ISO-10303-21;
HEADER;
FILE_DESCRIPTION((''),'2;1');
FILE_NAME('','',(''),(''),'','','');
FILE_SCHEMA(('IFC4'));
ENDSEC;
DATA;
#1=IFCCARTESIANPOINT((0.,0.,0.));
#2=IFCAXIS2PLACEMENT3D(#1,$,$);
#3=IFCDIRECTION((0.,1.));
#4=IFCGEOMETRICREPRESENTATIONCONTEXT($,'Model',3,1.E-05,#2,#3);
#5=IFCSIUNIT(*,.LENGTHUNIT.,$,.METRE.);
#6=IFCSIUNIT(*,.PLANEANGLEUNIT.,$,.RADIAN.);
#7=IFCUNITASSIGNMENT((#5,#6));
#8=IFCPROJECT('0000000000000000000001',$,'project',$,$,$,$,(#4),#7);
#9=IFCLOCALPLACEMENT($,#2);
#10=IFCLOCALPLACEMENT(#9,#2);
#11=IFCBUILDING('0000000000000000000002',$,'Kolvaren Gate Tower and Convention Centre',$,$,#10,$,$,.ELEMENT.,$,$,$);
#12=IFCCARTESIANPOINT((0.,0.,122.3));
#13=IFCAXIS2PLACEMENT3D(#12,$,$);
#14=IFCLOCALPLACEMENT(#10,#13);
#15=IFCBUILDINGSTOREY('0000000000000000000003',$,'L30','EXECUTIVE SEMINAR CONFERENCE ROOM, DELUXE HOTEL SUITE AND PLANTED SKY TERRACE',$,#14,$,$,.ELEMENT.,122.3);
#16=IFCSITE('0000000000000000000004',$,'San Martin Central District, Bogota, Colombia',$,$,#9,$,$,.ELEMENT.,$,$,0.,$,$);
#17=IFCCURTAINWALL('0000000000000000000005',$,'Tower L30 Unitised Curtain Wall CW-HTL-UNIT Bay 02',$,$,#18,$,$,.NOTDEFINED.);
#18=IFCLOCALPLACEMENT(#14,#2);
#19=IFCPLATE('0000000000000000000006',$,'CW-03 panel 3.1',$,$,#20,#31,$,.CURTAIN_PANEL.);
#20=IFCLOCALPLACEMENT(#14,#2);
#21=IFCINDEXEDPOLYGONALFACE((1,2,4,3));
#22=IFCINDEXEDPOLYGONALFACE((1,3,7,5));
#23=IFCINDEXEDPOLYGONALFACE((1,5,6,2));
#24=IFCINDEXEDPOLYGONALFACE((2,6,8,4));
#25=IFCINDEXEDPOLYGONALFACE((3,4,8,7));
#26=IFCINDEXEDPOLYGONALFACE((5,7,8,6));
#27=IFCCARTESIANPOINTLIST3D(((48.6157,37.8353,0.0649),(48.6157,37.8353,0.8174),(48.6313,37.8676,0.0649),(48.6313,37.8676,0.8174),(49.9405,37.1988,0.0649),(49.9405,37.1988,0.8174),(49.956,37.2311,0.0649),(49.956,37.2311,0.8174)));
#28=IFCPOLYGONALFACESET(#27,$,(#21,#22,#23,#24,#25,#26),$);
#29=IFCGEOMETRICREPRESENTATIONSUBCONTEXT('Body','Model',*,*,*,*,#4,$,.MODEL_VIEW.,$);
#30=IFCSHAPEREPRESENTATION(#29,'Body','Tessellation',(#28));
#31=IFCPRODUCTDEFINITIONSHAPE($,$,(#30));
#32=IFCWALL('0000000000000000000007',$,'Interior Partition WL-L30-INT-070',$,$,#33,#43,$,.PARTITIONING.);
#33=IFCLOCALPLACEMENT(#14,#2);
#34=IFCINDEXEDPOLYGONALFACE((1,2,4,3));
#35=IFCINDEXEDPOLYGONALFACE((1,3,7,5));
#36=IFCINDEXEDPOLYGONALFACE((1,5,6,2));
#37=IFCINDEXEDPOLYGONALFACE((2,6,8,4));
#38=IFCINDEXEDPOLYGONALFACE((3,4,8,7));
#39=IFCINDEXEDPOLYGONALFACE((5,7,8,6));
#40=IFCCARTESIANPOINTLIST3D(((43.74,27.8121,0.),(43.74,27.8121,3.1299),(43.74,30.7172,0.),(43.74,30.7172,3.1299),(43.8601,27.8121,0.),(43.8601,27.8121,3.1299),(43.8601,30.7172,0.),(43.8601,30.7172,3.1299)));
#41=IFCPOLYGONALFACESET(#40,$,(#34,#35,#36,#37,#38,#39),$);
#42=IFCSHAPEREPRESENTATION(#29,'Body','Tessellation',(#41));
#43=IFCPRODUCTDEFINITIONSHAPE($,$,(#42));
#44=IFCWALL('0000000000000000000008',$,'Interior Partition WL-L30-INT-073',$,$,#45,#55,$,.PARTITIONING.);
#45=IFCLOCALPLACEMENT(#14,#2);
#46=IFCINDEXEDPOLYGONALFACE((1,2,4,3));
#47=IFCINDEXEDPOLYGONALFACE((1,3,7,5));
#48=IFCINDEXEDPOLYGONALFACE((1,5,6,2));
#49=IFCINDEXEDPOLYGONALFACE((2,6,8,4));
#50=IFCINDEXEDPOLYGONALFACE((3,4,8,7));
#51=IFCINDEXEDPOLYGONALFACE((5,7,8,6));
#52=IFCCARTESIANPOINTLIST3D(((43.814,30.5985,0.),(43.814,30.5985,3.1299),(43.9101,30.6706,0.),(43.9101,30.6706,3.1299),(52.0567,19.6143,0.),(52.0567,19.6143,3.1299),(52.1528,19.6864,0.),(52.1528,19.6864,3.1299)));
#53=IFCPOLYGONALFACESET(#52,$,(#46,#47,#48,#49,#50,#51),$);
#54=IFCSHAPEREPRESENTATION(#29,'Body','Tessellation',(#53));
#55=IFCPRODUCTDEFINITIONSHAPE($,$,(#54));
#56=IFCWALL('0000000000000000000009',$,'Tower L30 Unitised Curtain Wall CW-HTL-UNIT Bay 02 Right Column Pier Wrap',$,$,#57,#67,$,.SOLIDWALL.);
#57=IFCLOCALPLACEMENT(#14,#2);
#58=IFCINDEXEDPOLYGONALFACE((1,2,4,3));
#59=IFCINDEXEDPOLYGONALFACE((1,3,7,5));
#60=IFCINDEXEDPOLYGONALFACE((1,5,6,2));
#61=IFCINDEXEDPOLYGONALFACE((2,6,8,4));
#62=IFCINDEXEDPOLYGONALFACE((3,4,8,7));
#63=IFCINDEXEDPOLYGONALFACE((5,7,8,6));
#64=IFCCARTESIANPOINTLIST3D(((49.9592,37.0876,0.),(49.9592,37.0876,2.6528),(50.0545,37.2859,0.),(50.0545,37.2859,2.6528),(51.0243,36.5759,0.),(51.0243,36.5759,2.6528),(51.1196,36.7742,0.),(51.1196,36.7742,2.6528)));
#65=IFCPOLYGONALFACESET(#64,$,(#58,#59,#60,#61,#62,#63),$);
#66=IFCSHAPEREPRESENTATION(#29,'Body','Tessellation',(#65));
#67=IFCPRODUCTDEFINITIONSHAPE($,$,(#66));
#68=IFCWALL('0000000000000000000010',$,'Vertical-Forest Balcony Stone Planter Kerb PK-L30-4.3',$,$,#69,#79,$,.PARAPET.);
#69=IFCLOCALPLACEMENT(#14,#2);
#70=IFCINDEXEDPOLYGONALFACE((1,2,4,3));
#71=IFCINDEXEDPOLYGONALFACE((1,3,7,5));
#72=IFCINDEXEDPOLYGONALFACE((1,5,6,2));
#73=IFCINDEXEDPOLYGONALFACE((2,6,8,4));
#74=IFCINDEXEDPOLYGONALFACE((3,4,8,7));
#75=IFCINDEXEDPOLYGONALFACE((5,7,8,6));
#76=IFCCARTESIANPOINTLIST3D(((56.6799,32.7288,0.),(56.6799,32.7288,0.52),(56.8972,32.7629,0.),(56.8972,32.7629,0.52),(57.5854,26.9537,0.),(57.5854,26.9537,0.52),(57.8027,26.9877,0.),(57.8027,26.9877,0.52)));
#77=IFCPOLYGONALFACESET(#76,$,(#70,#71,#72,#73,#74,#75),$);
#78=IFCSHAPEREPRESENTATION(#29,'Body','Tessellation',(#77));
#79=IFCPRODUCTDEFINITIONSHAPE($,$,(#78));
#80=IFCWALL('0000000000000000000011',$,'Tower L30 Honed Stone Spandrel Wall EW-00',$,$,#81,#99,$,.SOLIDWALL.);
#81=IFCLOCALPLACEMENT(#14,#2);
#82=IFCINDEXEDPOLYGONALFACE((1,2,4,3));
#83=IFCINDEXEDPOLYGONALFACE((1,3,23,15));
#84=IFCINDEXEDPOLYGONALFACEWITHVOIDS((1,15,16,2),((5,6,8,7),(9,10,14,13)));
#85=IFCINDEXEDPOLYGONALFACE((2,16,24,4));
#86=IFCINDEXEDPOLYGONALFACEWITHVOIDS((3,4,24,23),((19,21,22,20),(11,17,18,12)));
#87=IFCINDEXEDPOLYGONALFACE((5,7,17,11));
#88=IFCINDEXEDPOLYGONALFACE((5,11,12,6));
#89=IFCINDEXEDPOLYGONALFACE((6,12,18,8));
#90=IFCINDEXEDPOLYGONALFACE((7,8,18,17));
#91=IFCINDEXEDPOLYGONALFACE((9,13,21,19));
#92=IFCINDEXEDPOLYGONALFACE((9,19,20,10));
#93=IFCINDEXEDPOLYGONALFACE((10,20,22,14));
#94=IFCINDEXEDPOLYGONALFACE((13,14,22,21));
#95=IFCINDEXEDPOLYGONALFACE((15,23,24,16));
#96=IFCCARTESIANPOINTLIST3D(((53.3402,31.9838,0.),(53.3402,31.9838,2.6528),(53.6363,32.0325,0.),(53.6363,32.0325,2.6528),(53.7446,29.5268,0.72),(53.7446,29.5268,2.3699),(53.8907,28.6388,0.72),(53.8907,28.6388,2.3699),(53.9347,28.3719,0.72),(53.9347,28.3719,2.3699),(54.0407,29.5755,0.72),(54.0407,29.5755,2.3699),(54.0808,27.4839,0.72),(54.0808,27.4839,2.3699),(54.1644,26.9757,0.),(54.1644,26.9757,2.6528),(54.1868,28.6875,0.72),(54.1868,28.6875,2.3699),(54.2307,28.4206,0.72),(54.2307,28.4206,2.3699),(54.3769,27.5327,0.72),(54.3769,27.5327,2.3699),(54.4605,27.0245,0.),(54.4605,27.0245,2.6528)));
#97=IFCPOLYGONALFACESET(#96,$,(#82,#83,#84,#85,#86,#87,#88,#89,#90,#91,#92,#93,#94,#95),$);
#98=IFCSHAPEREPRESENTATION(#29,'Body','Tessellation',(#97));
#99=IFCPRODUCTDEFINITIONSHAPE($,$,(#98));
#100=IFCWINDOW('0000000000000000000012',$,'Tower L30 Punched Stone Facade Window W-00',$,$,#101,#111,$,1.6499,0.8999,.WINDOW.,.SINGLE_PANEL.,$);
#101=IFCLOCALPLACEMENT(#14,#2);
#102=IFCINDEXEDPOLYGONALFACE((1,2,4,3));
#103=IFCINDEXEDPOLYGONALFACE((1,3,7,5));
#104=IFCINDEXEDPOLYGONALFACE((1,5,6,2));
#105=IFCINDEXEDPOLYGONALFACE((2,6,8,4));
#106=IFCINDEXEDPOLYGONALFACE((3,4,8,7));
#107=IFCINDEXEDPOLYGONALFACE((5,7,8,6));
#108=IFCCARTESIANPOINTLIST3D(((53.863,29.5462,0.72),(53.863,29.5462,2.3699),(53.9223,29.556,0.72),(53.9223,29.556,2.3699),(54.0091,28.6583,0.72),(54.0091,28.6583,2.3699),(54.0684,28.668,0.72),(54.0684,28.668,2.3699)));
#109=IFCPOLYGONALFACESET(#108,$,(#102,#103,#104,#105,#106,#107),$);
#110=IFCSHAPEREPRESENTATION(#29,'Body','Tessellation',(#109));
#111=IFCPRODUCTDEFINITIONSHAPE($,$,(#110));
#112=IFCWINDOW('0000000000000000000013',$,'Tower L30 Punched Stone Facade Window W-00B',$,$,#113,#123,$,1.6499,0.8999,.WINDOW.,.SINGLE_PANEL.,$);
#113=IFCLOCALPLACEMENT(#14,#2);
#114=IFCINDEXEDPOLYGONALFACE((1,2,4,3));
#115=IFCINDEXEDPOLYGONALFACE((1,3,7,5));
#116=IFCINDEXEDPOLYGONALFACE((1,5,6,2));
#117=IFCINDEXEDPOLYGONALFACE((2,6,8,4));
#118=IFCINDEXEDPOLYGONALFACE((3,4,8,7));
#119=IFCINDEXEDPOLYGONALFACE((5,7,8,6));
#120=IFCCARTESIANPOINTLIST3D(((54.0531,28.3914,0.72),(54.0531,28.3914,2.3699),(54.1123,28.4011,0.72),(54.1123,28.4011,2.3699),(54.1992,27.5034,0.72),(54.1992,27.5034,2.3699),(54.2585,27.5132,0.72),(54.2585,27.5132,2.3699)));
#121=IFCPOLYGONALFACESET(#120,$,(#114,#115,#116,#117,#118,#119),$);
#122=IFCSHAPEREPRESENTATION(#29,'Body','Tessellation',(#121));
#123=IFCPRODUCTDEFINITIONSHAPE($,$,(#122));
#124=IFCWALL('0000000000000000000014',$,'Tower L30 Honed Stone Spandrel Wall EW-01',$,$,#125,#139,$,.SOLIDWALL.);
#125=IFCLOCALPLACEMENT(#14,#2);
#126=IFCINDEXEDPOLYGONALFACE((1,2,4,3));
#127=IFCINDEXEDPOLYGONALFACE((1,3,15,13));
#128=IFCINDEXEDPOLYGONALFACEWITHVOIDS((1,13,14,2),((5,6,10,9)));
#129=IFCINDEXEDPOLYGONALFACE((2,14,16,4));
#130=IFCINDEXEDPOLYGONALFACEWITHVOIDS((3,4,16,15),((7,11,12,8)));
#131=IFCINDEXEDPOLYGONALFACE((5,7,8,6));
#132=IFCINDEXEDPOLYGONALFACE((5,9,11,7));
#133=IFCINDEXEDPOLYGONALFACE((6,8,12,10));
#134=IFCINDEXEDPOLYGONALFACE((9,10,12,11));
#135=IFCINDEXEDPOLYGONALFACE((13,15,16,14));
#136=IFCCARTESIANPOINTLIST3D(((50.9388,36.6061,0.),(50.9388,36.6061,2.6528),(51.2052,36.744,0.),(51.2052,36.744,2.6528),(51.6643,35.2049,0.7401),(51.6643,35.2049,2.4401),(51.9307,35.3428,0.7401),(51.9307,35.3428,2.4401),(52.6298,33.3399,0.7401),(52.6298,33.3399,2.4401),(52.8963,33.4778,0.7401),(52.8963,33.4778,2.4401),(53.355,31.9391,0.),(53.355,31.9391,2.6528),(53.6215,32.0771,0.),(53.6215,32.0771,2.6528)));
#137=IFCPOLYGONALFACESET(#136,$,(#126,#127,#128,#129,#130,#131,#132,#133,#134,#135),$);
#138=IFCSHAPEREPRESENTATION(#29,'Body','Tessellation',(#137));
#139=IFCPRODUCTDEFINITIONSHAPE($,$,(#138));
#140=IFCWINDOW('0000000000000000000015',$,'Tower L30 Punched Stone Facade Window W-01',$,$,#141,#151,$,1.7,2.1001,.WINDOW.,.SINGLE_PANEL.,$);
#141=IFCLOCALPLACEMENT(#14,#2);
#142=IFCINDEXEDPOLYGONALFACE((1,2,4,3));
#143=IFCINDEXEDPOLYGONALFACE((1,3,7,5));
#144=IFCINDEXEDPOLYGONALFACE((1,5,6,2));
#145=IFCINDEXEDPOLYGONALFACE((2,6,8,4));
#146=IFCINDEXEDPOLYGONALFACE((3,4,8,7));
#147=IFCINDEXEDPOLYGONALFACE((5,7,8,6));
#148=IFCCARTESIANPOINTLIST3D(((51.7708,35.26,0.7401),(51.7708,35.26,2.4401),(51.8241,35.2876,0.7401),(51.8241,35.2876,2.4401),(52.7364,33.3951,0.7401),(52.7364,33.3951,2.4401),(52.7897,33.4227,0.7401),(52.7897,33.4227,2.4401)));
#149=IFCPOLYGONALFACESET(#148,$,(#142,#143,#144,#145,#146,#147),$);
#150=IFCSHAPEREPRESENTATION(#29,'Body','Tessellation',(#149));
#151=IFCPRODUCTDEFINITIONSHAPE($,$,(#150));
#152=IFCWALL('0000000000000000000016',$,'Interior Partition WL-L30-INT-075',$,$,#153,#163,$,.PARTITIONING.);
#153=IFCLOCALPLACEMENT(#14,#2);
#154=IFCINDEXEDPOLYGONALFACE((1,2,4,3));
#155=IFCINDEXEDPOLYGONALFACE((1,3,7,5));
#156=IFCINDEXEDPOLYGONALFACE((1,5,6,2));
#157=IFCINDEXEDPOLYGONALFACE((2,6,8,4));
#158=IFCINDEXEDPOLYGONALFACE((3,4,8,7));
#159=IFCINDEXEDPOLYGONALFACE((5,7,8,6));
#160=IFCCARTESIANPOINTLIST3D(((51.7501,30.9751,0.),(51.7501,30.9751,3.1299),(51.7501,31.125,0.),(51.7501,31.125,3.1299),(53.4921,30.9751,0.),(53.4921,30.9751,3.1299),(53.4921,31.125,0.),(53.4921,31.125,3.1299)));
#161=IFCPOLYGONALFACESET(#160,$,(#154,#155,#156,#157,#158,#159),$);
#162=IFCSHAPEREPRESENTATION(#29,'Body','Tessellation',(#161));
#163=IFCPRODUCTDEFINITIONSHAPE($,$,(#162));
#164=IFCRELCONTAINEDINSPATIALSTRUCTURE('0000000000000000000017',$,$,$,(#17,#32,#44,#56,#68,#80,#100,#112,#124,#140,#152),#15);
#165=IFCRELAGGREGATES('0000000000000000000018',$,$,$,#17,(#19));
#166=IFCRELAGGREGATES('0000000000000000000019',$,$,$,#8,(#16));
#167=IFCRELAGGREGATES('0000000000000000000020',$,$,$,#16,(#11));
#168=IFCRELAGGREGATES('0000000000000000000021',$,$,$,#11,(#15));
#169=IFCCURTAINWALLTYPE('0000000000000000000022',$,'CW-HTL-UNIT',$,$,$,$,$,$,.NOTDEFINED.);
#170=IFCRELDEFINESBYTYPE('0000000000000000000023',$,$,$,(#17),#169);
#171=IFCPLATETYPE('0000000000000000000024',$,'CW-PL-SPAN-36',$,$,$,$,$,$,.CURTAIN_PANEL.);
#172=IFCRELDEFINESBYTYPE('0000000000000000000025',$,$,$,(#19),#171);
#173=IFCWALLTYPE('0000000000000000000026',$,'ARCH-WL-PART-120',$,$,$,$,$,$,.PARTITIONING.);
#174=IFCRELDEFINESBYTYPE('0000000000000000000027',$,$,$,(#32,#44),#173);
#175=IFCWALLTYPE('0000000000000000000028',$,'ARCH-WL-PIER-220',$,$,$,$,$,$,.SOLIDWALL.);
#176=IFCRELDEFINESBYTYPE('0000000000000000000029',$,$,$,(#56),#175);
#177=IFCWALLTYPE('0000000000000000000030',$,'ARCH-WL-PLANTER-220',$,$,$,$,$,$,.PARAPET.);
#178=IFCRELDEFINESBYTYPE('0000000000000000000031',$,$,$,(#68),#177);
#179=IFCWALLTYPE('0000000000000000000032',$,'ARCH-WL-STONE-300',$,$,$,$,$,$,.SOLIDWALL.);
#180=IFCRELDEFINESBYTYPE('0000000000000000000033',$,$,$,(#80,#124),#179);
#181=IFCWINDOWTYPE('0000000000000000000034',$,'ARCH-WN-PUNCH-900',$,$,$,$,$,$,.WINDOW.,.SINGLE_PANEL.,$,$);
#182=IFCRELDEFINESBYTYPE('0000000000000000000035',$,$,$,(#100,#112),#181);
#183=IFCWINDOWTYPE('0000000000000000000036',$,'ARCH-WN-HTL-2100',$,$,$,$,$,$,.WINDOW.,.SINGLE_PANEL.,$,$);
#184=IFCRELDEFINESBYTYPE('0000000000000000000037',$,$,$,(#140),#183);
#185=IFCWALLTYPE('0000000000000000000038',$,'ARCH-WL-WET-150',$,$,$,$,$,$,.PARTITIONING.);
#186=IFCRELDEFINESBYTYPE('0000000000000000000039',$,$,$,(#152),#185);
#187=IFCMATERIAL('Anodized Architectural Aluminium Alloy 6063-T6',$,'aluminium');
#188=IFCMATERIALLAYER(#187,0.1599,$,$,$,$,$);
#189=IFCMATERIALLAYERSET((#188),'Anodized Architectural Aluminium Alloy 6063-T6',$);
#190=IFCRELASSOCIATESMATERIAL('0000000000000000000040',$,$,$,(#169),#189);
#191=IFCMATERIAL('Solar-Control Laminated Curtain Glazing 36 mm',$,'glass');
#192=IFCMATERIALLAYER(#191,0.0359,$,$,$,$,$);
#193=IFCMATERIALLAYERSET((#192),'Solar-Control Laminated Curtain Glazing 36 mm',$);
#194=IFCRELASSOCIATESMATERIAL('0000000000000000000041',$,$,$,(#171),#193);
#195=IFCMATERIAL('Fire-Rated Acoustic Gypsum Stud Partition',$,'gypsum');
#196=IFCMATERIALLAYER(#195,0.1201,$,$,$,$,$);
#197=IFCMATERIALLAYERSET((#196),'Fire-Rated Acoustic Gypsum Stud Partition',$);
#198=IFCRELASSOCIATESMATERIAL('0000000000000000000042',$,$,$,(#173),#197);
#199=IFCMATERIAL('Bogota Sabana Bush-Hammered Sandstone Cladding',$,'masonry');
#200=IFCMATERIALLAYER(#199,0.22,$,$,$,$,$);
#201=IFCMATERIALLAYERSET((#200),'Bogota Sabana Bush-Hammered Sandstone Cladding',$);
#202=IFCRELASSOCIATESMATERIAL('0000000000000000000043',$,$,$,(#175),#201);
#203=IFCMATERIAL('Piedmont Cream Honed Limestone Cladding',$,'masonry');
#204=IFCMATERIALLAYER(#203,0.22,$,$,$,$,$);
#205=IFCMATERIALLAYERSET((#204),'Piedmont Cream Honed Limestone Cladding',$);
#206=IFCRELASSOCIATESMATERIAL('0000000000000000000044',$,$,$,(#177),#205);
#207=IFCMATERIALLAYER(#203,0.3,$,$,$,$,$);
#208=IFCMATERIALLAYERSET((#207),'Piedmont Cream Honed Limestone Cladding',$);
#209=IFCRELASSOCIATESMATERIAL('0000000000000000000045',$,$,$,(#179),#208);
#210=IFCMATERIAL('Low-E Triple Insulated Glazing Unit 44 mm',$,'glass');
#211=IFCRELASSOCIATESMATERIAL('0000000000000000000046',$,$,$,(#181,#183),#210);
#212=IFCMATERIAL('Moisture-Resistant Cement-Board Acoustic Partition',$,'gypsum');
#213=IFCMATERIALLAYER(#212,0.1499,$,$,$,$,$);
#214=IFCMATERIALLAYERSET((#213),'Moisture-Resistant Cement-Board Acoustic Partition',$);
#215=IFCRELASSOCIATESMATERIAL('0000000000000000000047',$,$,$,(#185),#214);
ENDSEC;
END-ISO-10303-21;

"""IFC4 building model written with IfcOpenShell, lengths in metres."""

from ifc_helpers import new_model, si_unit, direction, frame, frame_2d, origin, origin_2d, place, context, subcontext, project, spatial, rectangle, extrude, material, layer, layer_set, type_object, element, fill, aggregate, save


model = new_model("IFC4")

# Units and contexts
model_context = context("Model", 3, precision=1e-05, world=origin(), true_north=direction((0.0, 1.0)))
body_context = subcontext(model_context, "Body", "Model", "MODEL_VIEW")
ifc_project = project(units=[si_unit("LENGTHUNIT", "METRE"), si_unit("PLANEANGLEUNIT", "RADIAN")], contexts=[model_context])

# Site, building, storey
site_placement = place(None, origin())
site = spatial("IfcSite", under=ifc_project, at=site_placement, Name="San Martin Central District, Bogota, Colombia", CompositionType="ELEMENT", RefElevation=0.0)
building_placement = place(site_placement, origin())
building = spatial("IfcBuilding", under=site, at=building_placement, Name="Kolvaren Gate Tower and Convention Centre", CompositionType="ELEMENT")
storey_placement = place(building_placement, frame((0.0, 0.0, 122.3)))
storey = spatial("IfcBuildingStorey", under=building, at=storey_placement, Name="L30", Description="EXECUTIVE SEMINAR CONFERENCE ROOM, DELUXE HOTEL SUITE AND PLANTED SKY TERRACE", CompositionType="ELEMENT", Elevation=122.3)

# Curtain wall
ifc_material_1 = material(Name="Anodized Architectural Aluminium Alloy 6063-T6", Category="aluminium")
ifc_layer_1 = layer(ifc_material_1, 0.1599)
ifc_layer_set_1 = layer_set([ifc_layer_1], Name="Anodized Architectural Aluminium Alloy 6063-T6")
curtain_wall_type = type_object("IfcCurtainWallType", Name="CW-HTL-UNIT", PredefinedType="NOTDEFINED", material=ifc_layer_set_1)
curtain_wall_placement = place(storey_placement, origin())
curtain_wall = element("IfcCurtainWall", 1, at=curtain_wall_placement, inside=storey, type_object=curtain_wall_type, Name="Tower L30 Unitised Curtain Wall CW-HTL-UNIT Bay 02", PredefinedType="NOTDEFINED")

# Plate
ifc_material_2 = material(Name="Low-E Triple Insulated Glazing Unit 44 mm", Category="glass")
ifc_material_3 = material(Name="Solar-Control Laminated Curtain Glazing 36 mm", Category="glass")
ifc_layer_2 = layer(ifc_material_3, 0.0359)
ifc_layer_set_2 = layer_set([ifc_layer_2], Name="Solar-Control Laminated Curtain Glazing 36 mm")
plate_type_1 = type_object("IfcPlateType", Name="CW-PL-SPAN-36", PredefinedType="CURTAIN_PANEL", material=ifc_layer_set_2)
plate_1_placement = place(storey_placement, frame((49.2859, 37.5332, 0.0649), z_axis=(0.0, 0.0, 1.0), x_axis=(0.90136, -0.433071, 0.0)))
plate_1 = element("IfcPlate", 2, at=plate_1_placement, type_object=plate_type_1, Name="CW-03 panel 3.1", PredefinedType="CURTAIN_PANEL", context=body_context, shape_type="SweptSolid", body=[
    extrude(rectangle(XDim=1.4697, YDim=0.0359, at=origin_2d()), origin(), (0.0, 0.0, 1.0), 0.7524),
])
aggregate(curtain_wall, [plate_1])

# Walls
ifc_material_4 = material(Name="Fire-Rated Acoustic Gypsum Stud Partition", Category="gypsum")
ifc_layer_3 = layer(ifc_material_4, 0.1201)
ifc_layer_set_3 = layer_set([ifc_layer_3], Name="Fire-Rated Acoustic Gypsum Stud Partition")
wall_type_1 = type_object("IfcWallType", Name="ARCH-WL-PART-120", PredefinedType="PARTITIONING", material=ifc_layer_set_3)
wall_1_placement = place(storey_placement, frame((43.8, 27.812, 0.0), z_axis=(0.0, 0.0, 1.0), x_axis=(0.0, 1.0, 0.0)))
element("IfcWall", 3, at=wall_1_placement, inside=storey, type_object=wall_type_1, Name="Interior Partition WL-L30-INT-070", PredefinedType="PARTITIONING", context=body_context, shape_type="SweptSolid", body=[
    extrude(rectangle(XDim=2.905, YDim=0.1201, at=frame_2d((1.4526, 0.0))), origin(), (0.0, 0.0, 1.0), 3.1299),
])
wall_2_placement = place(storey_placement, frame((43.8621, 30.6345, 0.0), z_axis=(0.0, 0.0, 1.0), x_axis=(0.600213, -0.79984, 0.0)))
element("IfcWall", 4, at=wall_2_placement, inside=storey, type_object=wall_type_1, Name="Interior Partition WL-L30-INT-073", PredefinedType="PARTITIONING", context=body_context, shape_type="SweptSolid", body=[
    extrude(rectangle(XDim=13.7329, YDim=0.1201, at=frame_2d((6.8665, 0.0))), origin(), (0.0, 0.0, 1.0), 3.1299),
])
ifc_material_5 = material(Name="Bogota Sabana Bush-Hammered Sandstone Cladding", Category="masonry")
ifc_layer_4 = layer(ifc_material_5, 0.22)
ifc_layer_set_4 = layer_set([ifc_layer_4], Name="Bogota Sabana Bush-Hammered Sandstone Cladding")
wall_type_2 = type_object("IfcWallType", Name="ARCH-WL-PIER-220", PredefinedType="SOLIDWALL", material=ifc_layer_set_4)
wall_3_placement = place(storey_placement, frame((50.0068, 37.1868, 0.0), z_axis=(0.0, 0.0, 1.0), x_axis=(0.901381, -0.433027, 0.0)))
element("IfcWall", 5, at=wall_3_placement, inside=storey, type_object=wall_type_2, Name="Tower L30 Unitised Curtain Wall CW-HTL-UNIT Bay 02 Right Column Pier Wrap", PredefinedType="SOLIDWALL", context=body_context, shape_type="SweptSolid", body=[
    extrude(rectangle(XDim=1.1816, YDim=0.22, at=frame_2d((0.5908, 0.0))), origin(), (0.0, 0.0, 1.0), 2.6528),
])
ifc_material_6 = material(Name="Piedmont Cream Honed Limestone Cladding", Category="masonry")
ifc_layer_5 = layer(ifc_material_6, 0.22)
ifc_layer_set_5 = layer_set([ifc_layer_5], Name="Piedmont Cream Honed Limestone Cladding")
wall_type_3 = type_object("IfcWallType", Name="ARCH-WL-PLANTER-220", PredefinedType="PARAPET", material=ifc_layer_set_5)
wall_4_placement = place(storey_placement, frame((56.7886, 32.7458, 0.0), z_axis=(0.0, 0.0, 1.0), x_axis=(0.154903, -0.98793, 0.0)))
element("IfcWall", 6, at=wall_4_placement, inside=storey, type_object=wall_type_3, Name="Vertical-Forest Balcony Stone Planter Kerb PK-L30-4.3", PredefinedType="PARAPET", context=body_context, shape_type="SweptSolid", body=[
    extrude(rectangle(XDim=5.8457, YDim=0.22, at=frame_2d((2.9229, 0.0))), origin(), (0.0, 0.0, 1.0), 0.52),
])

# Wall, openings, windows
ifc_layer_6 = layer(ifc_material_6, 0.3)
ifc_layer_set_6 = layer_set([ifc_layer_6], Name="Piedmont Cream Honed Limestone Cladding")
wall_type_4 = type_object("IfcWallType", Name="ARCH-WL-STONE-300", PredefinedType="SOLIDWALL", material=ifc_layer_set_6)
wall_5_placement = place(storey_placement, frame((53.4883, 32.0081, 0.0), z_axis=(0.0, 0.0, 1.0), x_axis=(0.162394, -0.986726, 0.0)))
wall_5 = element("IfcWall", 7, at=wall_5_placement, inside=storey, type_object=wall_type_4, Name="Tower L30 Honed Stone Spandrel Wall EW-00", PredefinedType="SOLIDWALL", context=body_context, shape_type="SweptSolid", body=[
    extrude(rectangle(XDim=5.0754, YDim=0.3, at=frame_2d((2.5376, 0.0))), origin(), (0.0, 0.0, 1.0), 2.6528),
])
opening_1_placement = place(wall_5_placement, frame((2.49, 0.0, 0.72)))
opening_1 = element("IfcOpeningElement", 8, at=opening_1_placement, cuts=wall_5, PredefinedType="OPENING", context=body_context, shape_type="SweptSolid", body=[
    extrude(rectangle(XDim=0.8999, YDim=1.6499, at=frame_2d((0.45, 0.825))), frame((0.0, 0.1599, 0.0), z_axis=(0.0, -1.0, 0.0), x_axis=(1.0, 0.0, 0.0)), (0.0, 0.0, 1.0), 0.3201),
])
opening_2_placement = place(wall_5_placement, frame((3.6604, 0.0, 0.72)))
opening_2 = element("IfcOpeningElement", 9, at=opening_2_placement, cuts=wall_5, PredefinedType="OPENING", context=body_context, shape_type="SweptSolid", body=[
    extrude(rectangle(XDim=0.8999, YDim=1.6499, at=frame_2d((0.45, 0.825))), frame((0.0, 0.1599, 0.0), z_axis=(0.0, -1.0, 0.0), x_axis=(1.0, 0.0, 0.0)), (0.0, 0.0, 1.0), 0.3201),
])
window_type_1 = type_object("IfcWindowType", Name="ARCH-WN-PUNCH-900", PartitioningType="SINGLE_PANEL", PredefinedType="WINDOW", material=ifc_material_2)
window_1_placement = place(opening_1_placement, origin())
window_1 = element("IfcWindow", 10, at=window_1_placement, inside=storey, type_object=window_type_1, Name="Tower L30 Punched Stone Facade Window W-00", OverallHeight=1.6499, OverallWidth=0.8999, PartitioningType="SINGLE_PANEL", PredefinedType="WINDOW", context=body_context, shape_type="SweptSolid", body=[
    extrude(rectangle(XDim=0.8999, YDim=1.6499, at=frame_2d((0.45, 0.825))), frame((0.0, 0.03, 0.0), z_axis=(0.0, -1.0, 0.0), x_axis=(1.0, 0.0, 0.0)), (0.0, 0.0, 1.0), 0.0601),
])
fill(opening_1, window_1)
window_2_placement = place(opening_2_placement, origin())
window_2 = element("IfcWindow", 11, at=window_2_placement, inside=storey, type_object=window_type_1, Name="Tower L30 Punched Stone Facade Window W-00B", OverallHeight=1.6499, OverallWidth=0.8999, PartitioningType="SINGLE_PANEL", PredefinedType="WINDOW", context=body_context, shape_type="SweptSolid", body=[
    extrude(rectangle(XDim=0.8999, YDim=1.6499, at=frame_2d((0.45, 0.825))), frame((0.0, 0.03, 0.0), z_axis=(0.0, -1.0, 0.0), x_axis=(1.0, 0.0, 0.0)), (0.0, 0.0, 1.0), 0.0601),
])
fill(opening_2, window_2)

# Wall, opening, window
wall_6_placement = place(storey_placement, frame((51.072, 36.675, 0.0), z_axis=(0.0, 0.0, 1.0), x_axis=(0.459768, -0.888039, 0.0)))
wall_6 = element("IfcWall", 12, at=wall_6_placement, inside=storey, type_object=wall_type_4, Name="Tower L30 Honed Stone Spandrel Wall EW-01", PredefinedType="SOLIDWALL", context=body_context, shape_type="SweptSolid", body=[
    extrude(rectangle(XDim=5.2554, YDim=0.3, at=frame_2d((2.6277, 0.0))), origin(), (0.0, 0.0, 1.0), 2.6528),
])
opening_3_placement = place(wall_6_placement, frame((1.5779, 0.0, 0.74)))
opening_3 = element("IfcOpeningElement", 13, at=opening_3_placement, cuts=wall_6, PredefinedType="OPENING", context=body_context, shape_type="SweptSolid", body=[
    extrude(rectangle(XDim=2.1001, YDim=1.7, at=frame_2d((1.05, 0.8501))), frame((0.0, 0.1599, 0.0), z_axis=(0.0, -1.0, 0.0), x_axis=(1.0, 0.0, 0.0)), (0.0, 0.0, 1.0), 0.3201),
])
window_type_2 = type_object("IfcWindowType", Name="ARCH-WN-HTL-2100", PartitioningType="SINGLE_PANEL", PredefinedType="WINDOW", material=ifc_material_2)
window_3_placement = place(opening_3_placement, origin())
window_3 = element("IfcWindow", 14, at=window_3_placement, inside=storey, type_object=window_type_2, Name="Tower L30 Punched Stone Facade Window W-01", OverallHeight=1.7, OverallWidth=2.1001, PartitioningType="SINGLE_PANEL", PredefinedType="WINDOW", context=body_context, shape_type="SweptSolid", body=[
    extrude(rectangle(XDim=2.1001, YDim=1.7, at=frame_2d((1.05, 0.8501))), frame((0.0, 0.03, 0.0), z_axis=(0.0, -1.0, 0.0), x_axis=(1.0, 0.0, 0.0)), (0.0, 0.0, 1.0), 0.0601),
])
fill(opening_3, window_3)

# Wall
ifc_material_7 = material(Name="Moisture-Resistant Cement-Board Acoustic Partition", Category="gypsum")
ifc_layer_7 = layer(ifc_material_7, 0.1499)
ifc_layer_set_7 = layer_set([ifc_layer_7], Name="Moisture-Resistant Cement-Board Acoustic Partition")
wall_type_5 = type_object("IfcWallType", Name="ARCH-WL-WET-150", PredefinedType="PARTITIONING", material=ifc_layer_set_7)
wall_7_placement = place(storey_placement, frame((51.75, 31.05, 0.0), z_axis=(0.0, 0.0, 1.0), x_axis=(1.0, 0.0, 0.0)))
element("IfcWall", 15, at=wall_7_placement, inside=storey, type_object=wall_type_5, Name="Interior Partition WL-L30-INT-075", PredefinedType="PARTITIONING", context=body_context, shape_type="SweptSolid", body=[
    extrude(rectangle(XDim=1.7419, YDim=0.1499, at=frame_2d((0.8711, 0.0))), origin(), (0.0, 0.0, 1.0), 3.1299),
])

save(model, "model.ifc")
